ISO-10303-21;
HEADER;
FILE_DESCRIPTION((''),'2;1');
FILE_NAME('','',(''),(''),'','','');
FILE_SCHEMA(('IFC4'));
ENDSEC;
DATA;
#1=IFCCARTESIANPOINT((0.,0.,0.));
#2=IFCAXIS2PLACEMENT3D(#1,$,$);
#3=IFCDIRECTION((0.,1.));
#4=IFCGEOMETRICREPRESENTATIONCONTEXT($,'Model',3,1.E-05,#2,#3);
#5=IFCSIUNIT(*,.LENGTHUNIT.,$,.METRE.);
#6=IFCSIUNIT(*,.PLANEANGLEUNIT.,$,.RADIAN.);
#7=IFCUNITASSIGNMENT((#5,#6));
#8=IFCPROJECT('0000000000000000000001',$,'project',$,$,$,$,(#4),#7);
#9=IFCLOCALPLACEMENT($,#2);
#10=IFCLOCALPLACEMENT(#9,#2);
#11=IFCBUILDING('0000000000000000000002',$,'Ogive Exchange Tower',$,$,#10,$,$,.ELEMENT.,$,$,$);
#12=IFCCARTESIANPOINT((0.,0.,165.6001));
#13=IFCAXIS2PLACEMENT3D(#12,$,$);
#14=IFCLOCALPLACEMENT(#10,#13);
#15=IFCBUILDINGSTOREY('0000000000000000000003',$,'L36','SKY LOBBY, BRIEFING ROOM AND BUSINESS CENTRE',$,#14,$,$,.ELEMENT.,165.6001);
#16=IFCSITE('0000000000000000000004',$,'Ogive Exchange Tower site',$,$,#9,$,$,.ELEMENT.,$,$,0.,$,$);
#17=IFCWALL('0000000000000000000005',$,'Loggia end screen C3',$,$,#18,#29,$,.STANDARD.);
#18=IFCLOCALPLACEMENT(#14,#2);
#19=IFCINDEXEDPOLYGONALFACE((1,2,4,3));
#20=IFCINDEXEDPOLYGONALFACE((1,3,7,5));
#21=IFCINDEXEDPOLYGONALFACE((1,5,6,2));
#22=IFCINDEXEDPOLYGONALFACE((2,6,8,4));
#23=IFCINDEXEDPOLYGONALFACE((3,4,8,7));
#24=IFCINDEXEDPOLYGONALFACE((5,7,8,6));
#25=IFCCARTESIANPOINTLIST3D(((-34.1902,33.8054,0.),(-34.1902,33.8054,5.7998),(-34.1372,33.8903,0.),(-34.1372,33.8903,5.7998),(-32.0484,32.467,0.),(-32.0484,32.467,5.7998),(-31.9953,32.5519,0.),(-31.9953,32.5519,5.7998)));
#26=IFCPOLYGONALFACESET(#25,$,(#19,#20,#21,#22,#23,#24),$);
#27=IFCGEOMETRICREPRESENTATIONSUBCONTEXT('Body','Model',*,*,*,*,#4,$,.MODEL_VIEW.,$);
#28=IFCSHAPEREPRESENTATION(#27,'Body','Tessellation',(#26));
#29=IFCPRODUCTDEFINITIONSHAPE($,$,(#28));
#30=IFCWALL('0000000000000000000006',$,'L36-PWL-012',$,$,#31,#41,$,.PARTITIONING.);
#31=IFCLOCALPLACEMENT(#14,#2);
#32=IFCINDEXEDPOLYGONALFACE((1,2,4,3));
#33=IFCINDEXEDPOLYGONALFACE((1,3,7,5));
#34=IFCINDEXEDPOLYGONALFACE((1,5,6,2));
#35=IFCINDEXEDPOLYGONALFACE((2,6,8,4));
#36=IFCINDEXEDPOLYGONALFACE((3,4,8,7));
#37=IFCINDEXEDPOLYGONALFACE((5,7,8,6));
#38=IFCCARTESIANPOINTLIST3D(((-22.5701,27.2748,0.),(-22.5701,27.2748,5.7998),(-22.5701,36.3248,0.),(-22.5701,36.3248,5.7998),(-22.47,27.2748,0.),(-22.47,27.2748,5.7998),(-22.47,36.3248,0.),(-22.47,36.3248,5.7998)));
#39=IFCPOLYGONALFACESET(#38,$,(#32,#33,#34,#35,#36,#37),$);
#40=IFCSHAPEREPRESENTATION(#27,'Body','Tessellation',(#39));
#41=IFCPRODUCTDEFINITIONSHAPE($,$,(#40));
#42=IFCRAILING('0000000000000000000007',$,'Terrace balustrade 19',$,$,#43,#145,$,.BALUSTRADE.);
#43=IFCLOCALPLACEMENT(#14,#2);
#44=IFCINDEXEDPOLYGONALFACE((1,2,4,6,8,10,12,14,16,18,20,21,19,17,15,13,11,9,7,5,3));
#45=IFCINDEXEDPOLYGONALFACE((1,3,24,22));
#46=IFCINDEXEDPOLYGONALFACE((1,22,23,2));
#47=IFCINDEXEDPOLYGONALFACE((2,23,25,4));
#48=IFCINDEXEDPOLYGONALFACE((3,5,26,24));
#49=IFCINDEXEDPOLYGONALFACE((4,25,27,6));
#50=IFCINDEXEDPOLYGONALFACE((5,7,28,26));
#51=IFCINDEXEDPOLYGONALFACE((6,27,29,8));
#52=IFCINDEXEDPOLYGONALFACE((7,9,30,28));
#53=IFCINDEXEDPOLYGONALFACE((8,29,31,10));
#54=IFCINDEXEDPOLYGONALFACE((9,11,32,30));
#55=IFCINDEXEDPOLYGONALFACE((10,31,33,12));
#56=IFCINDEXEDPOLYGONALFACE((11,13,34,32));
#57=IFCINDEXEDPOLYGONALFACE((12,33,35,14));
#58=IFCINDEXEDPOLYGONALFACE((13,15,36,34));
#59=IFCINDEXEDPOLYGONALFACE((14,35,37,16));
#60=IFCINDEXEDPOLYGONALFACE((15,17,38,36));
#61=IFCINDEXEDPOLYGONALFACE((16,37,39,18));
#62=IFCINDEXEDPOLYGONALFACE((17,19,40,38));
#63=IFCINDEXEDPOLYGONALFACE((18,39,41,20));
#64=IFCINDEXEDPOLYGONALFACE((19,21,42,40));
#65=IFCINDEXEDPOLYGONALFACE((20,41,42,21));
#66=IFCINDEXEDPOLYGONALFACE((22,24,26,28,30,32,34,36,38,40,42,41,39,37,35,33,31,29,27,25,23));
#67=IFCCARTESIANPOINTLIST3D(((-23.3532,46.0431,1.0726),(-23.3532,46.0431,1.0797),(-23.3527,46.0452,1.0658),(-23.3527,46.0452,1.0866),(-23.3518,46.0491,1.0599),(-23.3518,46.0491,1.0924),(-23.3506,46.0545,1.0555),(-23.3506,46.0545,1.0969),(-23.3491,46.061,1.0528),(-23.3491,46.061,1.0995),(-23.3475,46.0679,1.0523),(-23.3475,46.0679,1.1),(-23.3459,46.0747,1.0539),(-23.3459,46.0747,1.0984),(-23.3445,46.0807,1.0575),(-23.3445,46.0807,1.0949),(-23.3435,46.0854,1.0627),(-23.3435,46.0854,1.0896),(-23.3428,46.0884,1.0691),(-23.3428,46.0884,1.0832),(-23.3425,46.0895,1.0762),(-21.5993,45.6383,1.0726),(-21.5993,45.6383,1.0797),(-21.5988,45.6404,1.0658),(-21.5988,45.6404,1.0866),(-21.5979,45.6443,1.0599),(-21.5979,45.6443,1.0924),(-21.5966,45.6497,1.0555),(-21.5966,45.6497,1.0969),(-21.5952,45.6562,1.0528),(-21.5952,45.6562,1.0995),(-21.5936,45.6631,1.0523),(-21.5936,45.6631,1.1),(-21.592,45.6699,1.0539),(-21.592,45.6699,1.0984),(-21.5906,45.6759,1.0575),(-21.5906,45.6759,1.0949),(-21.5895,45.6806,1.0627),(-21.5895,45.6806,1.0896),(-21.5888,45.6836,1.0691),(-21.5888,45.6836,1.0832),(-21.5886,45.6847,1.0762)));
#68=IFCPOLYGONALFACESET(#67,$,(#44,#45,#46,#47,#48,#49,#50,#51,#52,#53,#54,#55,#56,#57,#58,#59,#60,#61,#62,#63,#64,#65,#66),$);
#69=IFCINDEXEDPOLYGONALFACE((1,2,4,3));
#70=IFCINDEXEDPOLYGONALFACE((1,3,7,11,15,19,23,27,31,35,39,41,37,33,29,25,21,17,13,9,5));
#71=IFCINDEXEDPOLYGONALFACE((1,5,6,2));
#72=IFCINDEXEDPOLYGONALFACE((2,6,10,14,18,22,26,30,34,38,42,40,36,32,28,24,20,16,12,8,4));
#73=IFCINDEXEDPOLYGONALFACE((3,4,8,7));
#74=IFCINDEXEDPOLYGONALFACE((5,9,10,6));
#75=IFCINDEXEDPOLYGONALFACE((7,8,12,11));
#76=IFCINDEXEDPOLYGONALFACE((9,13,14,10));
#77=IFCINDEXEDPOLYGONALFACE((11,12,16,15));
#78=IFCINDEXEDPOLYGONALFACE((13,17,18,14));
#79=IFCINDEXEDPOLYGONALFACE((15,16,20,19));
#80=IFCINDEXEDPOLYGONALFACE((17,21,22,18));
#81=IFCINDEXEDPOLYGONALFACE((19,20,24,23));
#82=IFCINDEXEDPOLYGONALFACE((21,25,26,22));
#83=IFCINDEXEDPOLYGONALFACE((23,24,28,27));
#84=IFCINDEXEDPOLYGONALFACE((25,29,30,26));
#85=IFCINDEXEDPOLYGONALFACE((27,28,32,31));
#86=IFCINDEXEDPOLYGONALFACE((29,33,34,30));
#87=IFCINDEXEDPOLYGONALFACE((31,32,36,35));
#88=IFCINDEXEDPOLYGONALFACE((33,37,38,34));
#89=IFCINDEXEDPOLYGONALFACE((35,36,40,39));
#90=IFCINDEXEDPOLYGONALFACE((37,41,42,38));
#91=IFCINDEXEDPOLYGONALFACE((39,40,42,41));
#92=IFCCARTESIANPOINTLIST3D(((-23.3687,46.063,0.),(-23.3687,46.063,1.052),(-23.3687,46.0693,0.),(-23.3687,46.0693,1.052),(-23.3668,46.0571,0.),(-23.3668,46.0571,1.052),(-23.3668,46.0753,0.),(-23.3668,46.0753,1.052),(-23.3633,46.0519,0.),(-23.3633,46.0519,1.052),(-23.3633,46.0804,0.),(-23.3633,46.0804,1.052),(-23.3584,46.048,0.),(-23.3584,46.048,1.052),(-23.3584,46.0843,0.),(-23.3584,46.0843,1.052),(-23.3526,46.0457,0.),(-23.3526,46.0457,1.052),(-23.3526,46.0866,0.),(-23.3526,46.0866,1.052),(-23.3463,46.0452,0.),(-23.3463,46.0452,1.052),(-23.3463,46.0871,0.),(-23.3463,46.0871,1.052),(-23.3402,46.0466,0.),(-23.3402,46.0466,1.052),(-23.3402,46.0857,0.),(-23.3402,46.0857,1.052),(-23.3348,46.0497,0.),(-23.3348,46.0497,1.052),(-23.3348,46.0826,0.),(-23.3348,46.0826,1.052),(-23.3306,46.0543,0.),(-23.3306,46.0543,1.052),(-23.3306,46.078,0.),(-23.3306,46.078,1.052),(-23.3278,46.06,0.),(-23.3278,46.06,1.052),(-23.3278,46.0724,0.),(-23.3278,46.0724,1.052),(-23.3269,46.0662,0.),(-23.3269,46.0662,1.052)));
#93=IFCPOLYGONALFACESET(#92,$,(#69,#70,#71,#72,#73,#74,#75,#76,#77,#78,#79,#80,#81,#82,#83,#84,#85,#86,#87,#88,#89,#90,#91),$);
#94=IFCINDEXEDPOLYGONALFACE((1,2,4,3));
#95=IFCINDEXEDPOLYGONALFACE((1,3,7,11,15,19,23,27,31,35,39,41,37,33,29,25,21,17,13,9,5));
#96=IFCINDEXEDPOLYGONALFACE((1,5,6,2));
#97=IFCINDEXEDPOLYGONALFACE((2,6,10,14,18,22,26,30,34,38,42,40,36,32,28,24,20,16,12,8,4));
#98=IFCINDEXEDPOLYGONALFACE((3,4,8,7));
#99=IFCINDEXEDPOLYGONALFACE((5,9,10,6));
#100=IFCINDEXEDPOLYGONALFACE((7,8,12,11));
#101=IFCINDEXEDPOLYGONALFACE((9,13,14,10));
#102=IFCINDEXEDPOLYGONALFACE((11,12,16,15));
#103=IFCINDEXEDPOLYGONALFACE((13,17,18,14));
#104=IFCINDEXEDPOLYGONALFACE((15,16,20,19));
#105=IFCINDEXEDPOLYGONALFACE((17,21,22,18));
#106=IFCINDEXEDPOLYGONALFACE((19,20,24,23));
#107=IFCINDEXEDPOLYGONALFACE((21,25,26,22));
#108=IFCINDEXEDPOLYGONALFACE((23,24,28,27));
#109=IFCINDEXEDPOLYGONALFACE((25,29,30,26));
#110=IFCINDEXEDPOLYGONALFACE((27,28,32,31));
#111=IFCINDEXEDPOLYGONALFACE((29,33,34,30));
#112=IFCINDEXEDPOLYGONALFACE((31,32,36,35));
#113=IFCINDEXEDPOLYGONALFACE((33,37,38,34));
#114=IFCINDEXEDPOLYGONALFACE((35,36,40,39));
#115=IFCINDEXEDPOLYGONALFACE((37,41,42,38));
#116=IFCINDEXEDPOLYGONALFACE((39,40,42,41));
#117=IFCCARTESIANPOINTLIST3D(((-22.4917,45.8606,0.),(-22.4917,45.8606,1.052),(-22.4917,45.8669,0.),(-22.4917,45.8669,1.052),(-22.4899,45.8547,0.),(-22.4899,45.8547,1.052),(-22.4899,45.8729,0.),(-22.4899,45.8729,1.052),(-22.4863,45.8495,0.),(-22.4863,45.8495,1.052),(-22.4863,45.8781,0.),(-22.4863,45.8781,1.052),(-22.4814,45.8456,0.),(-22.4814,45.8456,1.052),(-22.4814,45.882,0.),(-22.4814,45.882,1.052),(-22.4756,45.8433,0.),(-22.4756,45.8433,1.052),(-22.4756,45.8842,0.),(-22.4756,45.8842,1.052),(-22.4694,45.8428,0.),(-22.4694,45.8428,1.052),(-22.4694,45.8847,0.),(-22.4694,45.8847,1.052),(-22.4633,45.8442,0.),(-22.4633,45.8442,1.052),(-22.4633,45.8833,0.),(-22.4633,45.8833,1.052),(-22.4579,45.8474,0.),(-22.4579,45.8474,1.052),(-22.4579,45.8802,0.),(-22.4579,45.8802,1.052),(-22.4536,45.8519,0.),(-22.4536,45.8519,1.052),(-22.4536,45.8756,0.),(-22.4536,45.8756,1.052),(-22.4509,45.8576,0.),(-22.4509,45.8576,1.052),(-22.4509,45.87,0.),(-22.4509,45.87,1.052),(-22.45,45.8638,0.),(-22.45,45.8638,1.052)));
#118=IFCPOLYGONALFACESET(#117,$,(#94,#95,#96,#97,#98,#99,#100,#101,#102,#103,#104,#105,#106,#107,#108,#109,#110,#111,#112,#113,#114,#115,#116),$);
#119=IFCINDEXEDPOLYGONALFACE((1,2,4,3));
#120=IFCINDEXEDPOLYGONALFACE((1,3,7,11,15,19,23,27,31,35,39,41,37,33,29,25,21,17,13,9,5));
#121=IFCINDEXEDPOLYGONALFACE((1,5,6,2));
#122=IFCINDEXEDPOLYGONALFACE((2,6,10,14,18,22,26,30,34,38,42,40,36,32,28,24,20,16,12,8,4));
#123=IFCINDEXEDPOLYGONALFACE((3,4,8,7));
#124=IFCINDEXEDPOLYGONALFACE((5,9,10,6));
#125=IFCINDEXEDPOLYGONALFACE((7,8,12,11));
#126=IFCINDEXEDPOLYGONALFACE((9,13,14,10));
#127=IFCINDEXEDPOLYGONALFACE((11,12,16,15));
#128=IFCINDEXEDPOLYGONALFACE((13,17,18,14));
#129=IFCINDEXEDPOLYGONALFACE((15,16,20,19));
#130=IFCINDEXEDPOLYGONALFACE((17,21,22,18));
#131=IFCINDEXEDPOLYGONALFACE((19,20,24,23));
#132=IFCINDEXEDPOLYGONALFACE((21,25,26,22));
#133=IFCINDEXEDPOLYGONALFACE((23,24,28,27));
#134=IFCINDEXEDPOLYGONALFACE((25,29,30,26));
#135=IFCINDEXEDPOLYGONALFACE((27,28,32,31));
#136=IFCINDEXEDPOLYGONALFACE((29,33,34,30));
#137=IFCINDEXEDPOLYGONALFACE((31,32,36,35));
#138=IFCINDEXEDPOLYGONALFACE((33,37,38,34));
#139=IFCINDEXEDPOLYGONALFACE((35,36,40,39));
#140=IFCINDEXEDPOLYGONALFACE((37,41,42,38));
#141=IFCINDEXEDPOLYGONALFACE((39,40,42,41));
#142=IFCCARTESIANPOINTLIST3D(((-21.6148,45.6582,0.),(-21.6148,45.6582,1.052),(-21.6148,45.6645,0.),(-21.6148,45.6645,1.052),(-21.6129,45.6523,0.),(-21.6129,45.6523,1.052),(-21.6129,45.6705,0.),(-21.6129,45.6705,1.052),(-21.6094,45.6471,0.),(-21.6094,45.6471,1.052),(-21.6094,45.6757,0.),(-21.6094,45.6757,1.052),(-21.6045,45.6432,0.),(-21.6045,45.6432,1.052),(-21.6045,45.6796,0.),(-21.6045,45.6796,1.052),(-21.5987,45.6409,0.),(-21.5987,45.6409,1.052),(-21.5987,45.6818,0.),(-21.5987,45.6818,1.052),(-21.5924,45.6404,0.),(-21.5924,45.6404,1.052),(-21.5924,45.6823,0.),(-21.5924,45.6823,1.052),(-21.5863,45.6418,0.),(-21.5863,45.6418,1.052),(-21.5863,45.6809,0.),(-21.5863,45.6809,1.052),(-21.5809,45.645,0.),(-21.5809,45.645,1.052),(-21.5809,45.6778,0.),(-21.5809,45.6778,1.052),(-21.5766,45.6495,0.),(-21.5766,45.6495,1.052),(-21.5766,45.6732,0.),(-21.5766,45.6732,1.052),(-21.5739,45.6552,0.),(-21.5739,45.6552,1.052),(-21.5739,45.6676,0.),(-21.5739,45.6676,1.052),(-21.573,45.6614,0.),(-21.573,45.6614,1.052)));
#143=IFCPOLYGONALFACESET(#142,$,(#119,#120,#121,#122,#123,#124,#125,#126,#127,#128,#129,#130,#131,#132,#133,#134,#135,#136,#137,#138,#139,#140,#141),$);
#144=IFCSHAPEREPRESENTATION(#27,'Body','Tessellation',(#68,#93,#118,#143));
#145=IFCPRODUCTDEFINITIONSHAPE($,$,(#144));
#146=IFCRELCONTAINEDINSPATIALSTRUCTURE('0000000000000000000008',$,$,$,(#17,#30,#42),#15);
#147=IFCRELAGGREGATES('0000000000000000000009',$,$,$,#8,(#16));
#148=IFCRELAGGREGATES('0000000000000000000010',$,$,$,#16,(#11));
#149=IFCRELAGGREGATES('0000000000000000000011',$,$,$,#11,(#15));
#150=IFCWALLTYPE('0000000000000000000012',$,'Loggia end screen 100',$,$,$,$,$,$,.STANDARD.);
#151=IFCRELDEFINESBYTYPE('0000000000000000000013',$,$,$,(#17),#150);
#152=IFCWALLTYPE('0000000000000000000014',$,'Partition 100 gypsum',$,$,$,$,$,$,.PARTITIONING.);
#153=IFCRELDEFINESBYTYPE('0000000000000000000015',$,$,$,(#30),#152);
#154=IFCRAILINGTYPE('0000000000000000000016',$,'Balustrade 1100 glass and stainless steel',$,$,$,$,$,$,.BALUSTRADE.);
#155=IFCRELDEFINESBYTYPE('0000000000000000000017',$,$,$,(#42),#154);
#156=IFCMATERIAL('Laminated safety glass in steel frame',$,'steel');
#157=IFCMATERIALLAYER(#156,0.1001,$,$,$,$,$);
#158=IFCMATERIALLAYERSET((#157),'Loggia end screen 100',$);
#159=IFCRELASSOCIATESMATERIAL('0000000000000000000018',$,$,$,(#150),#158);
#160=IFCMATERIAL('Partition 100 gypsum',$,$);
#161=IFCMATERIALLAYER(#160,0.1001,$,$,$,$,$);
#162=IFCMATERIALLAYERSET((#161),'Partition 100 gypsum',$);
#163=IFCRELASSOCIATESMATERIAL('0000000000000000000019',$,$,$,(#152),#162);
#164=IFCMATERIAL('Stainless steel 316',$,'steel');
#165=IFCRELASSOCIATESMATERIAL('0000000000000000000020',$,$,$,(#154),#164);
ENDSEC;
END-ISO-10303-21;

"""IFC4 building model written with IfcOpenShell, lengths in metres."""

from ifc_helpers import new_model, si_unit, direction, frame, frame_2d, origin, origin_2d, place, context, subcontext, project, spatial, rectangle, circle, extrude, material, layer, layer_set, type_object, element, save


model = new_model("IFC4")

# Units and contexts
model_context = context("Model", 3, precision=1e-05, world=origin(), true_north=direction((0.0, 1.0)))
body_context = subcontext(model_context, "Body", "Model", "MODEL_VIEW")
ifc_project = project(units=[si_unit("LENGTHUNIT", "METRE"), si_unit("PLANEANGLEUNIT", "RADIAN")], contexts=[model_context])

# Site, building, storey
site_placement = place(None, origin())
site = spatial("IfcSite", under=ifc_project, at=site_placement, Name="Ogive Exchange Tower site", CompositionType="ELEMENT", RefElevation=0.0)
building_placement = place(site_placement, origin())
building = spatial("IfcBuilding", under=site, at=building_placement, Name="Ogive Exchange Tower", CompositionType="ELEMENT")
storey_placement = place(building_placement, frame((0.0, 0.0, 165.6001)))
storey = spatial("IfcBuildingStorey", under=building, at=storey_placement, Name="L36", Description="SKY LOBBY, BRIEFING ROOM AND BUSINESS CENTRE", CompositionType="ELEMENT", Elevation=165.6001)

# Walls
ifc_material_1 = material(Name="Laminated safety glass in steel frame", Category="steel")
ifc_layer_1 = layer(ifc_material_1, 0.1001)
ifc_layer_set_1 = layer_set([ifc_layer_1], Name="Loggia end screen 100")
wall_type_1 = type_object("IfcWallType", Name="Loggia end screen 100", PredefinedType="STANDARD", material=ifc_layer_set_1)
wall_1_placement = place(storey_placement, frame((-32.022, 32.5095, 0.0), z_axis=(0.0, 0.0, 1.0), x_axis=(-0.848047, 0.529921, 0.0)))
element("IfcWall", 1, at=wall_1_placement, inside=storey, type_object=wall_type_1, Name="Loggia end screen C3", PredefinedType="STANDARD", context=body_context, shape_type="SweptSolid", body=[
    extrude(rectangle(XDim=2.5256, YDim=0.1001, at=frame_2d((1.2627, 0.0))), origin(), (0.0, 0.0, 1.0), 5.7998),
])
ifc_material_2 = material(Name="Partition 100 gypsum")
ifc_layer_2 = layer(ifc_material_2, 0.1001)
ifc_layer_set_2 = layer_set([ifc_layer_2], Name="Partition 100 gypsum")
wall_type_2 = type_object("IfcWallType", Name="Partition 100 gypsum", PredefinedType="PARTITIONING", material=ifc_layer_set_2)
wall_2_placement = place(storey_placement, frame((-22.52, 27.2749, 0.0), z_axis=(0.0, 0.0, 1.0), x_axis=(0.0, 1.0, 0.0)))
element("IfcWall", 2, at=wall_2_placement, inside=storey, type_object=wall_type_2, Name="L36-PWL-012", PredefinedType="PARTITIONING", context=body_context, shape_type="SweptSolid", body=[
    extrude(rectangle(XDim=9.05, YDim=0.1001, at=frame_2d((4.5249, 0.0))), origin(), (0.0, 0.0, 1.0), 5.7998),
])

# Railing
ifc_material_3 = material(Name="Stainless steel 316", Category="steel")
railing_type_1 = type_object("IfcRailingType", Name="Balustrade 1100 glass and stainless steel", PredefinedType="BALUSTRADE", material=ifc_material_3)
railing_1_placement = place(storey_placement, frame((-23.3479, 46.0662, 0.0)))
element("IfcRailing", 3, at=railing_1_placement, inside=storey, type_object=railing_type_1, Name="Terrace balustrade 19", PredefinedType="BALUSTRADE", context=body_context, shape_type="SweptSolid", body=[
    extrude(circle(Radius=0.0239, at=origin_2d()), frame((0.0, 0.0, 1.0762), z_axis=(0.974387, -0.224879, 0.0), x_axis=(0.224879, 0.974387, 0.0)), (0.0, 0.0, 1.0), 1.8),
    extrude(circle(Radius=0.021, at=origin_2d()), origin(), (0.0, 0.0, 1.0), 1.052),
    extrude(circle(Radius=0.021, at=origin_2d()), frame((0.877, -0.2024, 0.0)), (0.0, 0.0, 1.0), 1.052),
    extrude(circle(Radius=0.021, at=origin_2d()), frame((1.7539, -0.4048, 0.0)), (0.0, 0.0, 1.0), 1.052),
])

save(model, "model.ifc")
